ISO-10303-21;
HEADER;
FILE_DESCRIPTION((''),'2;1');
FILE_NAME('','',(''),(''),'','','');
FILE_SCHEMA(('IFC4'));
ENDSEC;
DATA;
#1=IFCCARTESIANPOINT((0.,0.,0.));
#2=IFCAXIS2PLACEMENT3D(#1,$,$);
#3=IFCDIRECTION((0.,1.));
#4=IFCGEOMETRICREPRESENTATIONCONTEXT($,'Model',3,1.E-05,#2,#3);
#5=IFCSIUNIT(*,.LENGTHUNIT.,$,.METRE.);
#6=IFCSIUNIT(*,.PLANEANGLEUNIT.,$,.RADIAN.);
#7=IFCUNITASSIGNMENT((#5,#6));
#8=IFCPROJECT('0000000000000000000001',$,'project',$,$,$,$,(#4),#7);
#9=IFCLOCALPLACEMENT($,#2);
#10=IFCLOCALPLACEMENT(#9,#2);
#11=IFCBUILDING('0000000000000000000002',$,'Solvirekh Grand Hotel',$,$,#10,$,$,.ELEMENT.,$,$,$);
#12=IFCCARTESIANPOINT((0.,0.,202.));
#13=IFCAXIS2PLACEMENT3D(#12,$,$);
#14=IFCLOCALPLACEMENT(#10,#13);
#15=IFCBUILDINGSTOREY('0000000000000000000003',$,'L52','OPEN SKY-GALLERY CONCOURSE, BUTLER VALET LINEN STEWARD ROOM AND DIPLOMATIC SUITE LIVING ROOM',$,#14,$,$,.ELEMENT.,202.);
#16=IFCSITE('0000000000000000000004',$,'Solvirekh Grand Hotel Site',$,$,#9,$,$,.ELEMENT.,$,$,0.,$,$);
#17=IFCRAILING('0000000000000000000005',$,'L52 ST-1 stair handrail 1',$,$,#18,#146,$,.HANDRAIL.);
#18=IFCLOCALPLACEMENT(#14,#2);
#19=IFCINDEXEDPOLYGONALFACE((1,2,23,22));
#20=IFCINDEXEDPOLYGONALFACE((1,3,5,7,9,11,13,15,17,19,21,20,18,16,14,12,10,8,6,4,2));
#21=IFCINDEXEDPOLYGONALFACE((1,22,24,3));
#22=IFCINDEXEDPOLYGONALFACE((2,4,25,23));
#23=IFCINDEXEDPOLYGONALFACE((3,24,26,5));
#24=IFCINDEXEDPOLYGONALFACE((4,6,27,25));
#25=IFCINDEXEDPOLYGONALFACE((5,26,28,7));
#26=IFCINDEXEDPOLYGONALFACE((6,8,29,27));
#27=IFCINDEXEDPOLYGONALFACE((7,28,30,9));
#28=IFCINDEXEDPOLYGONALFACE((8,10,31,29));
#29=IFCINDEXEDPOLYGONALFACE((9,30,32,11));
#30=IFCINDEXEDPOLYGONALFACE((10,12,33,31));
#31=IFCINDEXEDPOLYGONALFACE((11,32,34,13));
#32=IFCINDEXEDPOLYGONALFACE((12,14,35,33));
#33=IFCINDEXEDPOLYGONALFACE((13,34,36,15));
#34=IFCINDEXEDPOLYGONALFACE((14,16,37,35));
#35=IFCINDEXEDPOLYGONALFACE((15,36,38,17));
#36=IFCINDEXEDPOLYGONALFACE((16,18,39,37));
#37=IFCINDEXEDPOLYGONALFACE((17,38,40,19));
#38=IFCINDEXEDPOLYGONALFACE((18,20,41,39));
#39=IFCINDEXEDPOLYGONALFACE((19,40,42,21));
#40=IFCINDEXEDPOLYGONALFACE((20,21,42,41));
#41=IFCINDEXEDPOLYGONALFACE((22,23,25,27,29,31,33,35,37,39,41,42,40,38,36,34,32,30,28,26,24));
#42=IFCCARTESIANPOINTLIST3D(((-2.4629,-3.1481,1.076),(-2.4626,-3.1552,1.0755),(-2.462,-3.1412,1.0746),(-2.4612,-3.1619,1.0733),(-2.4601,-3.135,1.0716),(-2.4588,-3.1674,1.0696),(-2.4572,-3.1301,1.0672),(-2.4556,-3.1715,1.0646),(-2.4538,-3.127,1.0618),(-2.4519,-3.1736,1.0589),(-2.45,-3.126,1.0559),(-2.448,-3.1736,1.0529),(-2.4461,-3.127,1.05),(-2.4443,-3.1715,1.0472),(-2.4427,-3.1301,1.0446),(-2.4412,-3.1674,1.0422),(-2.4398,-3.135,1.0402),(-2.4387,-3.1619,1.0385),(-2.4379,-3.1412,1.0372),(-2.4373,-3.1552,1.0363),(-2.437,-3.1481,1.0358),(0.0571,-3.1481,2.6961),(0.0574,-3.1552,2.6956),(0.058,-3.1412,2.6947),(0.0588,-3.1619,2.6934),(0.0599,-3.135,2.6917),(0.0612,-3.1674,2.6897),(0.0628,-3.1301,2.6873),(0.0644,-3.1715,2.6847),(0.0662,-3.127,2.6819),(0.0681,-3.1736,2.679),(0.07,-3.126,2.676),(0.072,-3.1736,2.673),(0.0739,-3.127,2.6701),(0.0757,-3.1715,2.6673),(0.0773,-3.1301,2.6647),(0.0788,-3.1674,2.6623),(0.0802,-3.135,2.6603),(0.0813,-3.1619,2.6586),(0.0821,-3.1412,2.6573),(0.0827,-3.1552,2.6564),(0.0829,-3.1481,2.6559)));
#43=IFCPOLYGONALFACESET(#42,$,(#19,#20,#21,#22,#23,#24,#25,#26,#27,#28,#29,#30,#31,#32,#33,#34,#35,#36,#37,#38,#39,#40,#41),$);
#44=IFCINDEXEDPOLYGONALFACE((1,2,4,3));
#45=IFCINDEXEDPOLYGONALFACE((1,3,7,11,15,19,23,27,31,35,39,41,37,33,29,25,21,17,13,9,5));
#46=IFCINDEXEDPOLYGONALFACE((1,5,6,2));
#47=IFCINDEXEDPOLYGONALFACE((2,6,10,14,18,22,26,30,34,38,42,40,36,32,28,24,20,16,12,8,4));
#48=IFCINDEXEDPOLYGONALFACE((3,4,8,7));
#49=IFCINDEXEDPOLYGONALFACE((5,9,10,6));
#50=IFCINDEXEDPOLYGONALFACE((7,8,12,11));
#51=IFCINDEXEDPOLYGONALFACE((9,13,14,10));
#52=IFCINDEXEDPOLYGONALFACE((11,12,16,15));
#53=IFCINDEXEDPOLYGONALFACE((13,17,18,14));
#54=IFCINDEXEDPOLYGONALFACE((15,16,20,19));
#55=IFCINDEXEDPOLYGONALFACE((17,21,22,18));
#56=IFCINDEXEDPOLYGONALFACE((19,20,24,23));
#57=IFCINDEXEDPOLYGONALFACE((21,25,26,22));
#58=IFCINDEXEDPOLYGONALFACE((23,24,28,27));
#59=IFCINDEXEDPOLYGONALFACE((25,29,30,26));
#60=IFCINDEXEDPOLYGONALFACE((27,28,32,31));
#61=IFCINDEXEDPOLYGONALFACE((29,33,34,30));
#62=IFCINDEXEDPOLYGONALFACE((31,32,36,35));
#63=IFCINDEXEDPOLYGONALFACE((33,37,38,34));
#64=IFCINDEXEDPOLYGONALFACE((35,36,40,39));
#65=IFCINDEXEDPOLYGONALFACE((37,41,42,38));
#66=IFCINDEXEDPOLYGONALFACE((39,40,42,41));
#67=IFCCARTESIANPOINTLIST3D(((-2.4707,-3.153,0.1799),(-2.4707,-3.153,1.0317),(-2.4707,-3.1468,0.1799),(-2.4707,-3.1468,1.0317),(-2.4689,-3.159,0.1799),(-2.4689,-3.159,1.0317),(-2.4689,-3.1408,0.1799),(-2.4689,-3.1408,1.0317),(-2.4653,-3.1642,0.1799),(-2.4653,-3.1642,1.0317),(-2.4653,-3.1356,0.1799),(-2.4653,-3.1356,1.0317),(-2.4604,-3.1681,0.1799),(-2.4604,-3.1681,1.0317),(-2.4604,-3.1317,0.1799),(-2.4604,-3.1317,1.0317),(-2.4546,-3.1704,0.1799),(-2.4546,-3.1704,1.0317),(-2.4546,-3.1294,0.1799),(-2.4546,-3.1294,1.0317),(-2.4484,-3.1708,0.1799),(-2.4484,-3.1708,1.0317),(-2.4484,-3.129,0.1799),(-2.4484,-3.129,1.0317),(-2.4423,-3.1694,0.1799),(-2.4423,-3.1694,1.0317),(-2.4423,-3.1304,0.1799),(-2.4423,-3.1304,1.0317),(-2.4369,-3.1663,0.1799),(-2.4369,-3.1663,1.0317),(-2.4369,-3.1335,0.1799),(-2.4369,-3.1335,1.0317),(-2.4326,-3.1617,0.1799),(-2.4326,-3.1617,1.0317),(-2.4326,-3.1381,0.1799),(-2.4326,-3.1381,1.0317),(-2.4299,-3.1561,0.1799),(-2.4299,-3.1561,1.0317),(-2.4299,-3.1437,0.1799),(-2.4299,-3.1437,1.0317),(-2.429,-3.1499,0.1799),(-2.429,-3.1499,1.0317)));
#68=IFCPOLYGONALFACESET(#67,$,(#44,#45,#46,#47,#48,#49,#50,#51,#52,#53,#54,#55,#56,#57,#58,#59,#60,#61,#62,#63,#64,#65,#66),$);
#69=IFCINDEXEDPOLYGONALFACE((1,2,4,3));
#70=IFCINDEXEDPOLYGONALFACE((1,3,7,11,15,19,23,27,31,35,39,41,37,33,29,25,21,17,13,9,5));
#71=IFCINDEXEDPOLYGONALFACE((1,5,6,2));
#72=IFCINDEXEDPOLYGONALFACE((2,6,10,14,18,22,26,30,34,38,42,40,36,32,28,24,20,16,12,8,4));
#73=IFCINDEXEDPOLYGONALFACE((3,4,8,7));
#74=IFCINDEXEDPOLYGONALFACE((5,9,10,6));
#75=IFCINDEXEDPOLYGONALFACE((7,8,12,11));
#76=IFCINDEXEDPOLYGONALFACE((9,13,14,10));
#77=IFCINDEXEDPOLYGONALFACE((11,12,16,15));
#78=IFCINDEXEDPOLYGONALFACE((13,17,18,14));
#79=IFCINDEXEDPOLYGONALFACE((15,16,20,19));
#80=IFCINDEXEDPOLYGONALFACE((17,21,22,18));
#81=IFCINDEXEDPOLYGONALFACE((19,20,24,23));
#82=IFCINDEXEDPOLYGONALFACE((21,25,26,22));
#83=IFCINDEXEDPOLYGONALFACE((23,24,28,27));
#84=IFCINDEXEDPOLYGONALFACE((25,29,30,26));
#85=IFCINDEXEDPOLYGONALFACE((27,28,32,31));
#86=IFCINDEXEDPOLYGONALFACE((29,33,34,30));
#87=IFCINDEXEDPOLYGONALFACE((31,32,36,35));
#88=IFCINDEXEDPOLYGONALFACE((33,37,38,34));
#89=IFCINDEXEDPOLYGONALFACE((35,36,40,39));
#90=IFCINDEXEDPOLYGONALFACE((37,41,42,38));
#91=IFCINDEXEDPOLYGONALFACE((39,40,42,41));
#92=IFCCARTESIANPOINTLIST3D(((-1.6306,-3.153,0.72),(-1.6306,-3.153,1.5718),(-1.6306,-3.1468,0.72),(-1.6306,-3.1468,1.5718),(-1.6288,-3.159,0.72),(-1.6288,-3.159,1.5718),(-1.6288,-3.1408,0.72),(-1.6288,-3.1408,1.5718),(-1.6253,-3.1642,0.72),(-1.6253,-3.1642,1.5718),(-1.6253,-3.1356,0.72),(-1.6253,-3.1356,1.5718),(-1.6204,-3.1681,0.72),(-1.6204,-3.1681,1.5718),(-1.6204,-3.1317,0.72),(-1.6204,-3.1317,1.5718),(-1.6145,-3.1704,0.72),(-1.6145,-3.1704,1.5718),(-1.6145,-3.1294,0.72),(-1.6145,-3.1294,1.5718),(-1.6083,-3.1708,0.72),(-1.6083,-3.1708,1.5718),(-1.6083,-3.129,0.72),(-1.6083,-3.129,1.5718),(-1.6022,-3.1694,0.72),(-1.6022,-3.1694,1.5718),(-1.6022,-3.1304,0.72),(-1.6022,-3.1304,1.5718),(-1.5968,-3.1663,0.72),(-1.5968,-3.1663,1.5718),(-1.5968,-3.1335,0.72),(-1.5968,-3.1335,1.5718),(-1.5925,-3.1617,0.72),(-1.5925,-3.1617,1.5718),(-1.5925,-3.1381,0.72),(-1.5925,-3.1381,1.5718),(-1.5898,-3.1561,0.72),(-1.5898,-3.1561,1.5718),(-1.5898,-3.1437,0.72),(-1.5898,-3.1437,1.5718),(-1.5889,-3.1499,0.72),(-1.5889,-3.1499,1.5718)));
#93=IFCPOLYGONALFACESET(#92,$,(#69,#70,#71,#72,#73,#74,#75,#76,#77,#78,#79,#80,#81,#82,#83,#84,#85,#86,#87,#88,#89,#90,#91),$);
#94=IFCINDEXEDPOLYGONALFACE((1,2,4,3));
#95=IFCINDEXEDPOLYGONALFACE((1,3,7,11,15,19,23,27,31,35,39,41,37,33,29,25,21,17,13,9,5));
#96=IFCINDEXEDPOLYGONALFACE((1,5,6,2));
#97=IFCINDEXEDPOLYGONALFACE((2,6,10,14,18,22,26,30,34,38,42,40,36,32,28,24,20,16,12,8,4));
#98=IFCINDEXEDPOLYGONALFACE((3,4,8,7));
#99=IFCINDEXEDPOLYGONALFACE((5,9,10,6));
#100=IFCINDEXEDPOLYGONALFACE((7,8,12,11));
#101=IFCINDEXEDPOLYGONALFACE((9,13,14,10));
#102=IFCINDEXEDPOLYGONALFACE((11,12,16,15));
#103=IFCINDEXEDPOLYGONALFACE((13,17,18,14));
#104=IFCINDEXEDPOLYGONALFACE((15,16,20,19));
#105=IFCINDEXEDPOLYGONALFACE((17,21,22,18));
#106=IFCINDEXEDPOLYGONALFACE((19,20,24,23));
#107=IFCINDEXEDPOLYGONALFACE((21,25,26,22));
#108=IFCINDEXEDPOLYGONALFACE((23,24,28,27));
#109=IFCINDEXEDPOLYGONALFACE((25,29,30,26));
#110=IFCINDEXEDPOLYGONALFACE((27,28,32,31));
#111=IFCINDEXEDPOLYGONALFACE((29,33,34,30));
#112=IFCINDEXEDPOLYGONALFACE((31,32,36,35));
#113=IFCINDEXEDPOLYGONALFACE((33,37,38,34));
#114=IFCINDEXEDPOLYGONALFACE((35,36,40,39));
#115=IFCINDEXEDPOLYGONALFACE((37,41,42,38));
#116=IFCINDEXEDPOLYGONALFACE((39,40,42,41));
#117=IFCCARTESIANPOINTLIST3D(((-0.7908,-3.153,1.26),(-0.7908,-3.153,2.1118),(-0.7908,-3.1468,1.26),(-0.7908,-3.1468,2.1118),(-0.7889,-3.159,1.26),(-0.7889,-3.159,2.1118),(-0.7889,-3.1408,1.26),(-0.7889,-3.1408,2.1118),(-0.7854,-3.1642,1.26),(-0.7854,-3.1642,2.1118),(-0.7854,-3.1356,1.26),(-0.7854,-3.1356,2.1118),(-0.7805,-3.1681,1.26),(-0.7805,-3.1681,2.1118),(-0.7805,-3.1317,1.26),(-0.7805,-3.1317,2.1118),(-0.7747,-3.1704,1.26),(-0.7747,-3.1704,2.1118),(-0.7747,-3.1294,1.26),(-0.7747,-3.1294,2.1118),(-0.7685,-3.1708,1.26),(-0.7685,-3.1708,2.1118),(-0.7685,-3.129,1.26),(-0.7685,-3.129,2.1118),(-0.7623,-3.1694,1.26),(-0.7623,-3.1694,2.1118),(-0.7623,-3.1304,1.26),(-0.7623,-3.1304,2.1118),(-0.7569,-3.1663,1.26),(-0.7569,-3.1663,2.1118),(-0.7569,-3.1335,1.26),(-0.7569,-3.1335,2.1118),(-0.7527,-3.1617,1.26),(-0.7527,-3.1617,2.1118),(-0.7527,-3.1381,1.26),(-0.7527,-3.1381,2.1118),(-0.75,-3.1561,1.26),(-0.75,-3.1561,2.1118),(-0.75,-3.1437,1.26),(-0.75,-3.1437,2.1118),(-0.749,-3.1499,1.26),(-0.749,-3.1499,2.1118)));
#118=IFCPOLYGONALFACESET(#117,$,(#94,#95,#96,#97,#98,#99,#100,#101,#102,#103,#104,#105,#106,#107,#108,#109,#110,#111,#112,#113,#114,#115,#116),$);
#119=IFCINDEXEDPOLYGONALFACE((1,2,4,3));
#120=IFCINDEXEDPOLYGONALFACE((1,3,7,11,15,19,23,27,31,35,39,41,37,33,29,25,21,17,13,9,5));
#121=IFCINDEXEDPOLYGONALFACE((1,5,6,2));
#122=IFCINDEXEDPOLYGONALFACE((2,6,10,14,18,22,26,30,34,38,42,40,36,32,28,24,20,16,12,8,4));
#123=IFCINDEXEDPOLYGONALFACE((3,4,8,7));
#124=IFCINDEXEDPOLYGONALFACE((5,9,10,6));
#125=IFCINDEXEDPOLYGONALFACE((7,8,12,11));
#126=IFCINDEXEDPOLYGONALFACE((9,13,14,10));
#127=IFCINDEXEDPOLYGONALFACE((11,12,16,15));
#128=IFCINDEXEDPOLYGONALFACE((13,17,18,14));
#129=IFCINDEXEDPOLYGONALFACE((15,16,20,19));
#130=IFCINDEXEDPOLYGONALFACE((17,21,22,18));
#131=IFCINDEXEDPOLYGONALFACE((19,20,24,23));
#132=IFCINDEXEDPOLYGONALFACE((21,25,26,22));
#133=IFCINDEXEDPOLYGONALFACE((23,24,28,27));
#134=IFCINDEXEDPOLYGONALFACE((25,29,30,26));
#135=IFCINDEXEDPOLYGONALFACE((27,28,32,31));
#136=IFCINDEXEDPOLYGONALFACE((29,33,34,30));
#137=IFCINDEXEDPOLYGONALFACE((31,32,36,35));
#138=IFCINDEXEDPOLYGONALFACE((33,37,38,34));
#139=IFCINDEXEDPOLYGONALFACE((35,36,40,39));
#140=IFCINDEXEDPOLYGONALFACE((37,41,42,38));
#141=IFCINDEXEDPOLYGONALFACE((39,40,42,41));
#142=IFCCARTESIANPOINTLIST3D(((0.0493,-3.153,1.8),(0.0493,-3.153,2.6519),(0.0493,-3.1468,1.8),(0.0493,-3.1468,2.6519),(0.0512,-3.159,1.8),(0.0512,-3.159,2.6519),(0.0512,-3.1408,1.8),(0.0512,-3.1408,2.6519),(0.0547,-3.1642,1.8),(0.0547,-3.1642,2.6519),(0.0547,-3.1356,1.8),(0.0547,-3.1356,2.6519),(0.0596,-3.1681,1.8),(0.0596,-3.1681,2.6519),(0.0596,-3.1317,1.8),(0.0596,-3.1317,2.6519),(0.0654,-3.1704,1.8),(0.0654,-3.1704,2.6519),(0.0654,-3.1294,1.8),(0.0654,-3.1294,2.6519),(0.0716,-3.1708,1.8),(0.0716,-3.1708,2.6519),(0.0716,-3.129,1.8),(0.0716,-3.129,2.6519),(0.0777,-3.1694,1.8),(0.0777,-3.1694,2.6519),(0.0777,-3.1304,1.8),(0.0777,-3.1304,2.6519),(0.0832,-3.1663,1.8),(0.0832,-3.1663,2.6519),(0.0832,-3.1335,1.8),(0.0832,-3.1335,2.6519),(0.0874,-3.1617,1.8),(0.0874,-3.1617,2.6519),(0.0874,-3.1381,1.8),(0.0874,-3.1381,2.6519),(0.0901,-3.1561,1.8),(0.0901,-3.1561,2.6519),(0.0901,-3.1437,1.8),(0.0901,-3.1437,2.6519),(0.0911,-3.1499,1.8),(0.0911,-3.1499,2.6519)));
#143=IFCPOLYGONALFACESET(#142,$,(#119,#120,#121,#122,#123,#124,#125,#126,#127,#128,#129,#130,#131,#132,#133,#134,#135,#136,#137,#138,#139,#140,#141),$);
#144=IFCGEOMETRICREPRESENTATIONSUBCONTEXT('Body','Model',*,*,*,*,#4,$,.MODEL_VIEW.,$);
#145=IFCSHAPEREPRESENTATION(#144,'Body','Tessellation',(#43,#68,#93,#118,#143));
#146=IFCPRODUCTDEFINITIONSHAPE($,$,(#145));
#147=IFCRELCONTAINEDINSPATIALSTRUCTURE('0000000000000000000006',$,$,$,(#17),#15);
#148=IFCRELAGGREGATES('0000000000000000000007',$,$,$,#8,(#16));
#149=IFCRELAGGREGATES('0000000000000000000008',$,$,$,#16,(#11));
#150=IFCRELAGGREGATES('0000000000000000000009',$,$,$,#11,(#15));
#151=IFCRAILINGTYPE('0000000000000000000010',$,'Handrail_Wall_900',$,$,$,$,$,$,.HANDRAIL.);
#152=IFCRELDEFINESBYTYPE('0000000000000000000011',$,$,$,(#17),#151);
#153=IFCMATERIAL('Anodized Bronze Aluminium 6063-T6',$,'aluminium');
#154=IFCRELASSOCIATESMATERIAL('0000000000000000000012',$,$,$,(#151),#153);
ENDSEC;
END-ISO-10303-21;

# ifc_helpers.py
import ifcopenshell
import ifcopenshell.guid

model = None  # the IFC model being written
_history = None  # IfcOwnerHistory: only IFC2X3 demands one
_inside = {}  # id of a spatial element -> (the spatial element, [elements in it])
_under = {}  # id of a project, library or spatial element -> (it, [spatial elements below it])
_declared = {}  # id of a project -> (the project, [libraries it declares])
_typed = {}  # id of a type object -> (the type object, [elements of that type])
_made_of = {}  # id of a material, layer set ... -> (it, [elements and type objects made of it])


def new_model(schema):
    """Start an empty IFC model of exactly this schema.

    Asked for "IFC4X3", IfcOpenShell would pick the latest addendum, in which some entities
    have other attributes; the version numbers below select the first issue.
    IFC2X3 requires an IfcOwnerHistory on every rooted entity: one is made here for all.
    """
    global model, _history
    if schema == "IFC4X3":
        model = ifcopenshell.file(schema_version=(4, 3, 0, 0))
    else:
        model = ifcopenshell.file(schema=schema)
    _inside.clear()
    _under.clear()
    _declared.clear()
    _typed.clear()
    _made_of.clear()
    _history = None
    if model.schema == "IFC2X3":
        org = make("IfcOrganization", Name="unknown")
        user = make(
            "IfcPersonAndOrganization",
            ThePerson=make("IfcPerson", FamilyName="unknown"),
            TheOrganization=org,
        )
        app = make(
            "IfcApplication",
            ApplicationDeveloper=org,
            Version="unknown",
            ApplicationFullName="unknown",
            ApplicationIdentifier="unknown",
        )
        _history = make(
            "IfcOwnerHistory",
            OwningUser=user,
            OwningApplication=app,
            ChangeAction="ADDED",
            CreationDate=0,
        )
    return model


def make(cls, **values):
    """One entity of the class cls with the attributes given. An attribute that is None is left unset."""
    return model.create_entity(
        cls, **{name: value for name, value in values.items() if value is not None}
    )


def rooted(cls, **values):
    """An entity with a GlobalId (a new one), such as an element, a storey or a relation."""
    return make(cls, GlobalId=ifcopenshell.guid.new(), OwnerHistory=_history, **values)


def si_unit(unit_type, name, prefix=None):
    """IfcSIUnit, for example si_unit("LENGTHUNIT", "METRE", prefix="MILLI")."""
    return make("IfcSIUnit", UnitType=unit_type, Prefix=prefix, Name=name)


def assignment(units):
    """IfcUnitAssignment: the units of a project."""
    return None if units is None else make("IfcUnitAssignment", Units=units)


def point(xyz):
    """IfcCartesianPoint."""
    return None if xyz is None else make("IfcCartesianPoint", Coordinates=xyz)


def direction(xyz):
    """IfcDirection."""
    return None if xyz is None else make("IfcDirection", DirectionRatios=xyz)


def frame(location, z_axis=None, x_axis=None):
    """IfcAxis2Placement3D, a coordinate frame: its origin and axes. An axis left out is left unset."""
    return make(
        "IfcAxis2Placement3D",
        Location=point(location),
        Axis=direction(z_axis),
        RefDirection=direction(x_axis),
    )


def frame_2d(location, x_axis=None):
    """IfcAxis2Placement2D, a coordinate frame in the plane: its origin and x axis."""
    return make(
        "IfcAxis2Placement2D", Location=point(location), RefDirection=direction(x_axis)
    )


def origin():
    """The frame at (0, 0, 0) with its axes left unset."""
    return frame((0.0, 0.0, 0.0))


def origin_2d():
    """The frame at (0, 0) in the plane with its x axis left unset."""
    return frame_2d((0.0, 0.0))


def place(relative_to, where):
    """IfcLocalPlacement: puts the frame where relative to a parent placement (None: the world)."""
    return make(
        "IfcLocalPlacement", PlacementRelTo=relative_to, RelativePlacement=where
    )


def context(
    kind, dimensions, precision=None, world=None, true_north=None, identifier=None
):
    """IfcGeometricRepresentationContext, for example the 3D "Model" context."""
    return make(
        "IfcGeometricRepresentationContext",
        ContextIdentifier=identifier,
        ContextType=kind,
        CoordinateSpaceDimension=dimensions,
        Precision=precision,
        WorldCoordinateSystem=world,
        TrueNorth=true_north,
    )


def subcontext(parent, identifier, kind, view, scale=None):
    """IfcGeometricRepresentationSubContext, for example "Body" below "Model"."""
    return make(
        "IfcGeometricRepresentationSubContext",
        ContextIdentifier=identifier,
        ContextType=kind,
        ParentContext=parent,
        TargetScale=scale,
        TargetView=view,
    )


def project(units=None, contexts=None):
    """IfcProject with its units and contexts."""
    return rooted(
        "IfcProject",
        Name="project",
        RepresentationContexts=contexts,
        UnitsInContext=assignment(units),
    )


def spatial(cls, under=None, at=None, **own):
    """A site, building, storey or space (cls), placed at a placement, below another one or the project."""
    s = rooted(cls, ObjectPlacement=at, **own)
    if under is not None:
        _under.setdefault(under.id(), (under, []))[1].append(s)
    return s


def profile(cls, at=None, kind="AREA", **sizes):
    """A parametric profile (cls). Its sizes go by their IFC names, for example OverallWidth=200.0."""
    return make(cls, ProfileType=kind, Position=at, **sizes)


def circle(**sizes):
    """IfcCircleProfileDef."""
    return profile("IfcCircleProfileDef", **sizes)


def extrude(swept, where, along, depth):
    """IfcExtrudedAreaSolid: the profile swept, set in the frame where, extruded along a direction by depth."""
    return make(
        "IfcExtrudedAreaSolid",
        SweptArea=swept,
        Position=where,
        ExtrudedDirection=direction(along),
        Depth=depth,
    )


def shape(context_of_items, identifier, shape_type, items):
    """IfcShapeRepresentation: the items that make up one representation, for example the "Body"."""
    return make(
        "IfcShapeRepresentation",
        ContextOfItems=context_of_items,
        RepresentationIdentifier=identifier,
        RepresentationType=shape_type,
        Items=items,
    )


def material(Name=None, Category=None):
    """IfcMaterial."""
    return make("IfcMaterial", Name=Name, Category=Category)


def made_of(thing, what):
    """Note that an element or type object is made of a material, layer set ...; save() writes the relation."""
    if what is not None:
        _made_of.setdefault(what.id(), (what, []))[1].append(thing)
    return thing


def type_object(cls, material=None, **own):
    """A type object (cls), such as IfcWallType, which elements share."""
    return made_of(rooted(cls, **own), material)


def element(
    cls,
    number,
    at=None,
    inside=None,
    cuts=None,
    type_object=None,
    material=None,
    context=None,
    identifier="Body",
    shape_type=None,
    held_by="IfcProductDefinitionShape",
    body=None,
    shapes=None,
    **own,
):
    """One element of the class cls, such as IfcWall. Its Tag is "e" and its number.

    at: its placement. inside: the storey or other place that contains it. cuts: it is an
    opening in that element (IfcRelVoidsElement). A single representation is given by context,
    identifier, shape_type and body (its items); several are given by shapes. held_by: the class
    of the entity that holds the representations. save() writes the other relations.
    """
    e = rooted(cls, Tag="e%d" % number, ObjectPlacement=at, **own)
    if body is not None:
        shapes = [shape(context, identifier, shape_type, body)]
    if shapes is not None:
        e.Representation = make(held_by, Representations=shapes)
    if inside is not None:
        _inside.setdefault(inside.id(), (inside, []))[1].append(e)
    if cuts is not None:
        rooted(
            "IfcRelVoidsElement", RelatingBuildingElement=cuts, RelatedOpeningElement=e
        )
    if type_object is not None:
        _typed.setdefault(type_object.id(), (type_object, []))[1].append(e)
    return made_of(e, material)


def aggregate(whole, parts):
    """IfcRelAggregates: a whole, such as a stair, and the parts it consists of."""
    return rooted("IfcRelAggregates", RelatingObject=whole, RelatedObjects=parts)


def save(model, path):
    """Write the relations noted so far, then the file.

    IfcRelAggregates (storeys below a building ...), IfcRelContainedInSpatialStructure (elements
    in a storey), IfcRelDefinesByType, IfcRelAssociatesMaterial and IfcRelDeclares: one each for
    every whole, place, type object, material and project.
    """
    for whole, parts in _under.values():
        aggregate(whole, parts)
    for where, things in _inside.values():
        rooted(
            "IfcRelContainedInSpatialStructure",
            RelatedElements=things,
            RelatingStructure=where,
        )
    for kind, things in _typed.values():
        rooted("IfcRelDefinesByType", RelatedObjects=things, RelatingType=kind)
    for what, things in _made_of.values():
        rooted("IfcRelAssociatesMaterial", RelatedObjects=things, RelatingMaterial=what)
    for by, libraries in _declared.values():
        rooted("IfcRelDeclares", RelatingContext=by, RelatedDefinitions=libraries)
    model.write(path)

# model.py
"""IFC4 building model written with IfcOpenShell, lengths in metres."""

from ifc_helpers import new_model, si_unit, direction, frame, origin, origin_2d, place, context, subcontext, project, spatial, circle, extrude, material, type_object, element, save


model = new_model("IFC4")

# Units and contexts
model_context = context("Model", 3, precision=1e-05, world=origin(), true_north=direction((0.0, 1.0)))
body_context = subcontext(model_context, "Body", "Model", "MODEL_VIEW")
ifc_project = project(units=[si_unit("LENGTHUNIT", "METRE"), si_unit("PLANEANGLEUNIT", "RADIAN")], contexts=[model_context])

# Site, building, storey
site_placement = place(None, origin())
site = spatial("IfcSite", under=ifc_project, at=site_placement, Name="Solvirekh Grand Hotel Site", CompositionType="ELEMENT", RefElevation=0.0)
building_placement = place(site_placement, origin())
building = spatial("IfcBuilding", under=site, at=building_placement, Name="Solvirekh Grand Hotel", CompositionType="ELEMENT")
storey_placement = place(building_placement, frame((0.0, 0.0, 202.0)))
storey = spatial("IfcBuildingStorey", under=building, at=storey_placement, Name="L52", Description="OPEN SKY-GALLERY CONCOURSE, BUTLER VALET LINEN STEWARD ROOM AND DIPLOMATIC SUITE LIVING ROOM", CompositionType="ELEMENT", Elevation=202.0)

# Shared definitions
ifc_material_1 = material(Name="Anodized Bronze Aluminium 6063-T6", Category="aluminium")

# Railing
railing_type_1 = type_object("IfcRailingType", Name="Handrail_Wall_900", PredefinedType="HANDRAIL", material=ifc_material_1)
for number, where, name in (
    (1, (-2.45, -3.1499, 0.1799), "L52 ST-1 stair handrail 1"),
):
    element("IfcRailing", number, at=place(storey_placement, frame(where)), inside=storey, type_object=railing_type_1, Name=name, PredefinedType="HANDRAIL", context=body_context, shape_type="SweptSolid", body=[
        extrude(circle(Radius=0.0239, at=origin_2d()), frame((0.0, 0.0, 0.876), z_axis=(0.841163, 0.0, 0.540782), x_axis=(0.0, 1.0, 0.0)), (0.0, 0.0, 1.0), 2.9958),
        extrude(circle(Radius=0.021, at=origin_2d()), origin(), (0.0, 0.0, 1.0), 0.8518),
        extrude(circle(Radius=0.021, at=origin_2d()), frame((0.8401, 0.0, 0.54)), (0.0, 0.0, 1.0), 0.8518),
        extrude(circle(Radius=0.021, at=origin_2d()), frame((1.6799, 0.0, 1.0801)), (0.0, 0.0, 1.0), 0.8518),
        extrude(circle(Radius=0.021, at=origin_2d()), frame((2.52, 0.0, 1.6201)), (0.0, 0.0, 1.0), 0.8518),
    ])

save(model, "model.ifc")
